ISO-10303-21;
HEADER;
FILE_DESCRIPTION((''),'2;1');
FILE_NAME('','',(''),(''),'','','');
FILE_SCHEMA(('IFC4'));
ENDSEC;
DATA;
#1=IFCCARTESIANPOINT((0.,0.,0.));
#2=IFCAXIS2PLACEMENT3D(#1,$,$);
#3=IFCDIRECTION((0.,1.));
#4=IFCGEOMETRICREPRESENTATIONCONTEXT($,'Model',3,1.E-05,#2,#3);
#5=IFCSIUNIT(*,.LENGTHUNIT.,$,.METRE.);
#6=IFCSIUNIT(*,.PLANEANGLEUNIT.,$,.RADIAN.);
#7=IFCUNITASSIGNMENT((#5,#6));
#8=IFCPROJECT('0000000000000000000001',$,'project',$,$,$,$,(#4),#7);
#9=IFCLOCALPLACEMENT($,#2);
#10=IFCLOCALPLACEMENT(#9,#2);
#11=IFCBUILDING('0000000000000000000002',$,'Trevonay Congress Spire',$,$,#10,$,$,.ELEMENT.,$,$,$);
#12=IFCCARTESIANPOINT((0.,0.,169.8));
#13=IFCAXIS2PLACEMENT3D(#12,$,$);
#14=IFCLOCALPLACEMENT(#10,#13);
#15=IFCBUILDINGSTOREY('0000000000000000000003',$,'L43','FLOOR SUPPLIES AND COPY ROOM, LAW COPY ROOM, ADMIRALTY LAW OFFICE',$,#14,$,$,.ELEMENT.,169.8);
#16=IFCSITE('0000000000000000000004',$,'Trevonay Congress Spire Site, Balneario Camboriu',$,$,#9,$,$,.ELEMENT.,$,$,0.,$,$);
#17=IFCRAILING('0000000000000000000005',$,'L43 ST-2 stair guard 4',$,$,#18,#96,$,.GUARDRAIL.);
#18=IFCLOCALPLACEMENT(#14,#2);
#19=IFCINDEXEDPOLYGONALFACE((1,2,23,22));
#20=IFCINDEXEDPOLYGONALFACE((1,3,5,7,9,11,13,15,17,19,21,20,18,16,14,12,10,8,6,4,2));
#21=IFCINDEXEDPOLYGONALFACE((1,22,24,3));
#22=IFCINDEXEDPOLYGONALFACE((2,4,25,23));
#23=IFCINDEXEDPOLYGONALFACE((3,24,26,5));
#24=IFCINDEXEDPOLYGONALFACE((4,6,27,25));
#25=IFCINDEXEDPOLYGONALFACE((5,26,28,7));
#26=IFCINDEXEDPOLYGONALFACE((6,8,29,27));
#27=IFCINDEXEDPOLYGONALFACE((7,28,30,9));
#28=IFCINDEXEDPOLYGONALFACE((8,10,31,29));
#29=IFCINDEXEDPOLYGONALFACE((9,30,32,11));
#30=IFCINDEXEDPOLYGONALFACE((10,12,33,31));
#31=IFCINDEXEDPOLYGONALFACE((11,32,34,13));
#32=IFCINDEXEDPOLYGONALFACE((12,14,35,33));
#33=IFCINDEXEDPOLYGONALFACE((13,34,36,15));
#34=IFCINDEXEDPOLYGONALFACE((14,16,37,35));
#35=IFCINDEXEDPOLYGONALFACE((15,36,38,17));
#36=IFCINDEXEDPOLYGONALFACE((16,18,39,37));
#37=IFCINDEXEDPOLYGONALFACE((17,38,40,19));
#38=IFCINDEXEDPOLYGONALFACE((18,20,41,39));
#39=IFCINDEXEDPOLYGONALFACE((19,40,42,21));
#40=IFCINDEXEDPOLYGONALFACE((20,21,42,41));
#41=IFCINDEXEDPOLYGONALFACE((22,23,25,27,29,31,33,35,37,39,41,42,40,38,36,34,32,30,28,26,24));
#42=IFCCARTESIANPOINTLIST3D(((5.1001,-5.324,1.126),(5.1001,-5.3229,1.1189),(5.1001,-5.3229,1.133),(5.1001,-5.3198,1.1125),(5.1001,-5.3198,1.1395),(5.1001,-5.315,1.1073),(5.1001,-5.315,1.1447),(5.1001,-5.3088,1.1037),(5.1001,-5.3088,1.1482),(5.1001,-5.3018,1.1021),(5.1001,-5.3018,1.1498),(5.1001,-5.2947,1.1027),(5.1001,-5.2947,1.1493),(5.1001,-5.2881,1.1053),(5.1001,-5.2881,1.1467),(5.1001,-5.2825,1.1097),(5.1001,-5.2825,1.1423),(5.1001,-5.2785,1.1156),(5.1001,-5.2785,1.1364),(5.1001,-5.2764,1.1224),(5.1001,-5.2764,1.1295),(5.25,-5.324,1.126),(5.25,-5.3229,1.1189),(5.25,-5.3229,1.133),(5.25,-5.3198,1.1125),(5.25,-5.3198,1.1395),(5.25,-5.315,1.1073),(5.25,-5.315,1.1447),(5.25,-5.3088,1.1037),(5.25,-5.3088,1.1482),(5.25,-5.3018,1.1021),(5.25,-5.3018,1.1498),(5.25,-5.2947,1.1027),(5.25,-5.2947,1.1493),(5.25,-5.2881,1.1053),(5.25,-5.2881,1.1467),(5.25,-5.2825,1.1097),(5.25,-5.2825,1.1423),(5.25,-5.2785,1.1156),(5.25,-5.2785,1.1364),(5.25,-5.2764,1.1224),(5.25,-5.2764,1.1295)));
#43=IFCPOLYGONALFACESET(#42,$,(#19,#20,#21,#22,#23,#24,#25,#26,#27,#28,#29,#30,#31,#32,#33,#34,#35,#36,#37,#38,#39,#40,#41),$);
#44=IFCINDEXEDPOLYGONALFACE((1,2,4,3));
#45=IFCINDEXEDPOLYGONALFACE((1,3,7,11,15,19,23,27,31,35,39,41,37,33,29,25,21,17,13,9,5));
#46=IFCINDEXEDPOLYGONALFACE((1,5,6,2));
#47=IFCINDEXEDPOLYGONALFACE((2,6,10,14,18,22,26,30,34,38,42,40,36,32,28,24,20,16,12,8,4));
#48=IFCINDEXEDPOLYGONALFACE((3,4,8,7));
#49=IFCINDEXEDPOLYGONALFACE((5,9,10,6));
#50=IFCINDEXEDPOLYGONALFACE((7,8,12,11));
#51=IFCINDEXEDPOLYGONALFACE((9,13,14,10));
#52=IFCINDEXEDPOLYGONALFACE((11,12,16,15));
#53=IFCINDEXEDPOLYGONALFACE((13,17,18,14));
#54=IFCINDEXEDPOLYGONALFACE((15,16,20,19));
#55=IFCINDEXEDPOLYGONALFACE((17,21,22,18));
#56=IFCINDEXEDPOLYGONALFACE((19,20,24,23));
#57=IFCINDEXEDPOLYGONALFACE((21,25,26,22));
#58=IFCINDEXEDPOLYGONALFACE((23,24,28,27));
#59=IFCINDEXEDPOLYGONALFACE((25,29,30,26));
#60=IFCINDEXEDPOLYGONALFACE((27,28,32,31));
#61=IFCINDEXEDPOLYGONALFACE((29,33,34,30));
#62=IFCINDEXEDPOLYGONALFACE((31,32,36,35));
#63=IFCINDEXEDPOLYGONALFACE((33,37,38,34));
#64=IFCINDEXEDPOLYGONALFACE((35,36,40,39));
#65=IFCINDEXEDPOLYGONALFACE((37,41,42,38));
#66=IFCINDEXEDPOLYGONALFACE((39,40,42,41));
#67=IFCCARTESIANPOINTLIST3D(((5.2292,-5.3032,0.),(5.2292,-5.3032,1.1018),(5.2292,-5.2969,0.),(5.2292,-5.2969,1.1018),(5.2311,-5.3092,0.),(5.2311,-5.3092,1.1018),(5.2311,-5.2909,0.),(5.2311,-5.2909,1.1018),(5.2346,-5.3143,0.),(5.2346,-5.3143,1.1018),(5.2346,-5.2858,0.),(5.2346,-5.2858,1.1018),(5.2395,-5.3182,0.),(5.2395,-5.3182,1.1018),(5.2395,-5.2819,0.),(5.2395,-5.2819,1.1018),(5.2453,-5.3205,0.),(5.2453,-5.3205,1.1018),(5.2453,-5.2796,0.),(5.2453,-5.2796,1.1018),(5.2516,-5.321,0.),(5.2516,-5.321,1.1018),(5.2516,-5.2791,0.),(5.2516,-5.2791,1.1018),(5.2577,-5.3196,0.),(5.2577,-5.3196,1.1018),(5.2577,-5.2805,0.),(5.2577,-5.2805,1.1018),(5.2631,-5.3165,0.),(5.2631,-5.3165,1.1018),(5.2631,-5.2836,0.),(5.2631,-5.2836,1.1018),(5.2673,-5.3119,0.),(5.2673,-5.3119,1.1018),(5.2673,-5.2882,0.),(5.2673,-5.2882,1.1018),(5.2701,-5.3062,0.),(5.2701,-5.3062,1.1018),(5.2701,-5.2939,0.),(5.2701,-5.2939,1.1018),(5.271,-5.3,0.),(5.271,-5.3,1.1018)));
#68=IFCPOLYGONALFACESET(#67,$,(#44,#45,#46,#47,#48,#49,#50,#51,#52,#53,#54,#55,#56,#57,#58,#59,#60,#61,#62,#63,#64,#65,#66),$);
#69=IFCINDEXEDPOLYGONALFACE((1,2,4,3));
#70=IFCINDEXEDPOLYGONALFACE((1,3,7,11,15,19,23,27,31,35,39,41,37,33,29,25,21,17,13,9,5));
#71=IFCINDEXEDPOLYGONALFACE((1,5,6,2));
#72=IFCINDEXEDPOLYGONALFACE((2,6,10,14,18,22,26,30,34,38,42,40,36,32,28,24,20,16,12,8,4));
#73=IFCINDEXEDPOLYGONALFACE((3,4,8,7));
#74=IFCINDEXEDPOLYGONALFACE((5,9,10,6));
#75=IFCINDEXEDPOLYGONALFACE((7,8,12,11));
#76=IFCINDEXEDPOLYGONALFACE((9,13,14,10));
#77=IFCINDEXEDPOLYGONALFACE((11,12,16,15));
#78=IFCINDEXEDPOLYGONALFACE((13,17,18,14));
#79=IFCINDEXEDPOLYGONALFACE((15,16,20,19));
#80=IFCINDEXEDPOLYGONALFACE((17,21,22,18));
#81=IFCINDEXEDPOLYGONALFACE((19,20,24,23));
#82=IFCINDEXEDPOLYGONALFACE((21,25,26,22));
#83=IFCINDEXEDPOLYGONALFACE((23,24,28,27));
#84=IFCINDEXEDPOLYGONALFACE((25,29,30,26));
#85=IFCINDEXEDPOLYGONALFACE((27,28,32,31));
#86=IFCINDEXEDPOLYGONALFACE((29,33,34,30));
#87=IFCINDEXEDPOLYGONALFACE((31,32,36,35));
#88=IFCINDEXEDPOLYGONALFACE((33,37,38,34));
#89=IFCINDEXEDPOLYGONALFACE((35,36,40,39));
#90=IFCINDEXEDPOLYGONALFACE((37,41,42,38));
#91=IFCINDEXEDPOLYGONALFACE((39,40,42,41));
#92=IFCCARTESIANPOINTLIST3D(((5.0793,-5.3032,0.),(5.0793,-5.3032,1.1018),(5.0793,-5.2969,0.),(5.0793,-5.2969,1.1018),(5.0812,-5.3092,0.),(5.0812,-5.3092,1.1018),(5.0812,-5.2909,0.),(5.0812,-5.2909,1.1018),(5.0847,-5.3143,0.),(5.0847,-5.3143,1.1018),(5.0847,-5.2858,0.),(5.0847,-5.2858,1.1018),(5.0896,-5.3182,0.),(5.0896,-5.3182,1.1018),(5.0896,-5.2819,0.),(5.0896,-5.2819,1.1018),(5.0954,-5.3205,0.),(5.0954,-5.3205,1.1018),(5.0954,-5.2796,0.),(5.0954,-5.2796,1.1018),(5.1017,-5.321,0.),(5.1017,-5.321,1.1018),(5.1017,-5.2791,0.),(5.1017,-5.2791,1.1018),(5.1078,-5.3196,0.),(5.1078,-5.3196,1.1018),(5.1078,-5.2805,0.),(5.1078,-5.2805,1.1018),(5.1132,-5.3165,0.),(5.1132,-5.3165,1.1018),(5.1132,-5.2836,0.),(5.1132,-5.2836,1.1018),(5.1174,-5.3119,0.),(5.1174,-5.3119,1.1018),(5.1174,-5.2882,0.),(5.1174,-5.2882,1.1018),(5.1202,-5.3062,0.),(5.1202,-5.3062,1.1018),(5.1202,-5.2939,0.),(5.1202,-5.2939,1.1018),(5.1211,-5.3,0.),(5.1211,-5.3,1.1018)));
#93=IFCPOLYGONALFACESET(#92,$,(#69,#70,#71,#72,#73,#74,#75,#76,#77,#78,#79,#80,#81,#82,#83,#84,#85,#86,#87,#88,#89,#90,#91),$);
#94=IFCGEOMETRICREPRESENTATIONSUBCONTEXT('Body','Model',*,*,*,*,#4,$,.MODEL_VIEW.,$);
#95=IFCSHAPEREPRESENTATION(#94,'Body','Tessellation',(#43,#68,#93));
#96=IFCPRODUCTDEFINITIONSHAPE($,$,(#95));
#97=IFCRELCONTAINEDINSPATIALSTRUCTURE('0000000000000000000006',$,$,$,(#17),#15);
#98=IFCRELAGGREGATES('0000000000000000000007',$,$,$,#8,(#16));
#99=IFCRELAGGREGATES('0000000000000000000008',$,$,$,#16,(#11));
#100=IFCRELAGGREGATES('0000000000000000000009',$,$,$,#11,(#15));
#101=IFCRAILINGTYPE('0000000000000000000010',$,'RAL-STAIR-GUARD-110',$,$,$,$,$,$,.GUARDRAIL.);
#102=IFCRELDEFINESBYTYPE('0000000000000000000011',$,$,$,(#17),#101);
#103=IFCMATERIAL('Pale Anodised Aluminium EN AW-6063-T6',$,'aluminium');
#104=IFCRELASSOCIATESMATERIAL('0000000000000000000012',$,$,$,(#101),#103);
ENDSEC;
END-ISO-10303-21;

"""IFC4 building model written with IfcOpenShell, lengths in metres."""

from ifc_helpers import new_model, si_unit, direction, frame, origin, origin_2d, place, context, subcontext, project, spatial, circle, extrude, material, type_object, element, save


model = new_model("IFC4")

# Units and contexts
model_context = context("Model", 3, precision=1e-05, world=origin(), true_north=direction((0.0, 1.0)))
body_context = subcontext(model_context, "Body", "Model", "MODEL_VIEW")
ifc_project = project(units=[si_unit("LENGTHUNIT", "METRE"), si_unit("PLANEANGLEUNIT", "RADIAN")], contexts=[model_context])

# Site, building, storey
site_placement = place(None, origin())
site = spatial("IfcSite", under=ifc_project, at=site_placement, Name="Trevonay Congress Spire Site, Balneario Camboriu", CompositionType="ELEMENT", RefElevation=0.0)
building_placement = place(site_placement, origin())
building = spatial("IfcBuilding", under=site, at=building_placement, Name="Trevonay Congress Spire", CompositionType="ELEMENT")
storey_placement = place(building_placement, frame((0.0, 0.0, 169.8)))
storey = spatial("IfcBuildingStorey", under=building, at=storey_placement, Name="L43", Description="FLOOR SUPPLIES AND COPY ROOM, LAW COPY ROOM, ADMIRALTY LAW OFFICE", CompositionType="ELEMENT", Elevation=169.8)

# Shared definitions
ifc_material_1 = material(Name="Pale Anodised Aluminium EN AW-6063-T6", Category="aluminium")

# Railing
railing_type_1 = type_object("IfcRailingType", Name="RAL-STAIR-GUARD-110", PredefinedType="GUARDRAIL", material=ifc_material_1)
railing_1_placement = place(storey_placement, frame((5.25, -5.3, 0.0)))
element("IfcRailing", 1, at=railing_1_placement, inside=storey, type_object=railing_type_1, Name="L43 ST-2 stair guard 4", PredefinedType="GUARDRAIL", context=body_context, shape_type="SweptSolid", body=[
    extrude(circle(Radius=0.0239, at=origin_2d()), frame((0.0, 0.0, 1.126), z_axis=(-1.0, 0.0, 0.0), x_axis=(0.0, -1.0, 0.0)), (0.0, 0.0, 1.0), 0.1499),
    extrude(circle(Radius=0.021, at=origin_2d()), origin(), (0.0, 0.0, 1.0), 1.1018),
    extrude(circle(Radius=0.021, at=origin_2d()), frame((-0.1499, 0.0, 0.0)), (0.0, 0.0, 1.0), 1.1018),
])

save(model, "model.ifc")
